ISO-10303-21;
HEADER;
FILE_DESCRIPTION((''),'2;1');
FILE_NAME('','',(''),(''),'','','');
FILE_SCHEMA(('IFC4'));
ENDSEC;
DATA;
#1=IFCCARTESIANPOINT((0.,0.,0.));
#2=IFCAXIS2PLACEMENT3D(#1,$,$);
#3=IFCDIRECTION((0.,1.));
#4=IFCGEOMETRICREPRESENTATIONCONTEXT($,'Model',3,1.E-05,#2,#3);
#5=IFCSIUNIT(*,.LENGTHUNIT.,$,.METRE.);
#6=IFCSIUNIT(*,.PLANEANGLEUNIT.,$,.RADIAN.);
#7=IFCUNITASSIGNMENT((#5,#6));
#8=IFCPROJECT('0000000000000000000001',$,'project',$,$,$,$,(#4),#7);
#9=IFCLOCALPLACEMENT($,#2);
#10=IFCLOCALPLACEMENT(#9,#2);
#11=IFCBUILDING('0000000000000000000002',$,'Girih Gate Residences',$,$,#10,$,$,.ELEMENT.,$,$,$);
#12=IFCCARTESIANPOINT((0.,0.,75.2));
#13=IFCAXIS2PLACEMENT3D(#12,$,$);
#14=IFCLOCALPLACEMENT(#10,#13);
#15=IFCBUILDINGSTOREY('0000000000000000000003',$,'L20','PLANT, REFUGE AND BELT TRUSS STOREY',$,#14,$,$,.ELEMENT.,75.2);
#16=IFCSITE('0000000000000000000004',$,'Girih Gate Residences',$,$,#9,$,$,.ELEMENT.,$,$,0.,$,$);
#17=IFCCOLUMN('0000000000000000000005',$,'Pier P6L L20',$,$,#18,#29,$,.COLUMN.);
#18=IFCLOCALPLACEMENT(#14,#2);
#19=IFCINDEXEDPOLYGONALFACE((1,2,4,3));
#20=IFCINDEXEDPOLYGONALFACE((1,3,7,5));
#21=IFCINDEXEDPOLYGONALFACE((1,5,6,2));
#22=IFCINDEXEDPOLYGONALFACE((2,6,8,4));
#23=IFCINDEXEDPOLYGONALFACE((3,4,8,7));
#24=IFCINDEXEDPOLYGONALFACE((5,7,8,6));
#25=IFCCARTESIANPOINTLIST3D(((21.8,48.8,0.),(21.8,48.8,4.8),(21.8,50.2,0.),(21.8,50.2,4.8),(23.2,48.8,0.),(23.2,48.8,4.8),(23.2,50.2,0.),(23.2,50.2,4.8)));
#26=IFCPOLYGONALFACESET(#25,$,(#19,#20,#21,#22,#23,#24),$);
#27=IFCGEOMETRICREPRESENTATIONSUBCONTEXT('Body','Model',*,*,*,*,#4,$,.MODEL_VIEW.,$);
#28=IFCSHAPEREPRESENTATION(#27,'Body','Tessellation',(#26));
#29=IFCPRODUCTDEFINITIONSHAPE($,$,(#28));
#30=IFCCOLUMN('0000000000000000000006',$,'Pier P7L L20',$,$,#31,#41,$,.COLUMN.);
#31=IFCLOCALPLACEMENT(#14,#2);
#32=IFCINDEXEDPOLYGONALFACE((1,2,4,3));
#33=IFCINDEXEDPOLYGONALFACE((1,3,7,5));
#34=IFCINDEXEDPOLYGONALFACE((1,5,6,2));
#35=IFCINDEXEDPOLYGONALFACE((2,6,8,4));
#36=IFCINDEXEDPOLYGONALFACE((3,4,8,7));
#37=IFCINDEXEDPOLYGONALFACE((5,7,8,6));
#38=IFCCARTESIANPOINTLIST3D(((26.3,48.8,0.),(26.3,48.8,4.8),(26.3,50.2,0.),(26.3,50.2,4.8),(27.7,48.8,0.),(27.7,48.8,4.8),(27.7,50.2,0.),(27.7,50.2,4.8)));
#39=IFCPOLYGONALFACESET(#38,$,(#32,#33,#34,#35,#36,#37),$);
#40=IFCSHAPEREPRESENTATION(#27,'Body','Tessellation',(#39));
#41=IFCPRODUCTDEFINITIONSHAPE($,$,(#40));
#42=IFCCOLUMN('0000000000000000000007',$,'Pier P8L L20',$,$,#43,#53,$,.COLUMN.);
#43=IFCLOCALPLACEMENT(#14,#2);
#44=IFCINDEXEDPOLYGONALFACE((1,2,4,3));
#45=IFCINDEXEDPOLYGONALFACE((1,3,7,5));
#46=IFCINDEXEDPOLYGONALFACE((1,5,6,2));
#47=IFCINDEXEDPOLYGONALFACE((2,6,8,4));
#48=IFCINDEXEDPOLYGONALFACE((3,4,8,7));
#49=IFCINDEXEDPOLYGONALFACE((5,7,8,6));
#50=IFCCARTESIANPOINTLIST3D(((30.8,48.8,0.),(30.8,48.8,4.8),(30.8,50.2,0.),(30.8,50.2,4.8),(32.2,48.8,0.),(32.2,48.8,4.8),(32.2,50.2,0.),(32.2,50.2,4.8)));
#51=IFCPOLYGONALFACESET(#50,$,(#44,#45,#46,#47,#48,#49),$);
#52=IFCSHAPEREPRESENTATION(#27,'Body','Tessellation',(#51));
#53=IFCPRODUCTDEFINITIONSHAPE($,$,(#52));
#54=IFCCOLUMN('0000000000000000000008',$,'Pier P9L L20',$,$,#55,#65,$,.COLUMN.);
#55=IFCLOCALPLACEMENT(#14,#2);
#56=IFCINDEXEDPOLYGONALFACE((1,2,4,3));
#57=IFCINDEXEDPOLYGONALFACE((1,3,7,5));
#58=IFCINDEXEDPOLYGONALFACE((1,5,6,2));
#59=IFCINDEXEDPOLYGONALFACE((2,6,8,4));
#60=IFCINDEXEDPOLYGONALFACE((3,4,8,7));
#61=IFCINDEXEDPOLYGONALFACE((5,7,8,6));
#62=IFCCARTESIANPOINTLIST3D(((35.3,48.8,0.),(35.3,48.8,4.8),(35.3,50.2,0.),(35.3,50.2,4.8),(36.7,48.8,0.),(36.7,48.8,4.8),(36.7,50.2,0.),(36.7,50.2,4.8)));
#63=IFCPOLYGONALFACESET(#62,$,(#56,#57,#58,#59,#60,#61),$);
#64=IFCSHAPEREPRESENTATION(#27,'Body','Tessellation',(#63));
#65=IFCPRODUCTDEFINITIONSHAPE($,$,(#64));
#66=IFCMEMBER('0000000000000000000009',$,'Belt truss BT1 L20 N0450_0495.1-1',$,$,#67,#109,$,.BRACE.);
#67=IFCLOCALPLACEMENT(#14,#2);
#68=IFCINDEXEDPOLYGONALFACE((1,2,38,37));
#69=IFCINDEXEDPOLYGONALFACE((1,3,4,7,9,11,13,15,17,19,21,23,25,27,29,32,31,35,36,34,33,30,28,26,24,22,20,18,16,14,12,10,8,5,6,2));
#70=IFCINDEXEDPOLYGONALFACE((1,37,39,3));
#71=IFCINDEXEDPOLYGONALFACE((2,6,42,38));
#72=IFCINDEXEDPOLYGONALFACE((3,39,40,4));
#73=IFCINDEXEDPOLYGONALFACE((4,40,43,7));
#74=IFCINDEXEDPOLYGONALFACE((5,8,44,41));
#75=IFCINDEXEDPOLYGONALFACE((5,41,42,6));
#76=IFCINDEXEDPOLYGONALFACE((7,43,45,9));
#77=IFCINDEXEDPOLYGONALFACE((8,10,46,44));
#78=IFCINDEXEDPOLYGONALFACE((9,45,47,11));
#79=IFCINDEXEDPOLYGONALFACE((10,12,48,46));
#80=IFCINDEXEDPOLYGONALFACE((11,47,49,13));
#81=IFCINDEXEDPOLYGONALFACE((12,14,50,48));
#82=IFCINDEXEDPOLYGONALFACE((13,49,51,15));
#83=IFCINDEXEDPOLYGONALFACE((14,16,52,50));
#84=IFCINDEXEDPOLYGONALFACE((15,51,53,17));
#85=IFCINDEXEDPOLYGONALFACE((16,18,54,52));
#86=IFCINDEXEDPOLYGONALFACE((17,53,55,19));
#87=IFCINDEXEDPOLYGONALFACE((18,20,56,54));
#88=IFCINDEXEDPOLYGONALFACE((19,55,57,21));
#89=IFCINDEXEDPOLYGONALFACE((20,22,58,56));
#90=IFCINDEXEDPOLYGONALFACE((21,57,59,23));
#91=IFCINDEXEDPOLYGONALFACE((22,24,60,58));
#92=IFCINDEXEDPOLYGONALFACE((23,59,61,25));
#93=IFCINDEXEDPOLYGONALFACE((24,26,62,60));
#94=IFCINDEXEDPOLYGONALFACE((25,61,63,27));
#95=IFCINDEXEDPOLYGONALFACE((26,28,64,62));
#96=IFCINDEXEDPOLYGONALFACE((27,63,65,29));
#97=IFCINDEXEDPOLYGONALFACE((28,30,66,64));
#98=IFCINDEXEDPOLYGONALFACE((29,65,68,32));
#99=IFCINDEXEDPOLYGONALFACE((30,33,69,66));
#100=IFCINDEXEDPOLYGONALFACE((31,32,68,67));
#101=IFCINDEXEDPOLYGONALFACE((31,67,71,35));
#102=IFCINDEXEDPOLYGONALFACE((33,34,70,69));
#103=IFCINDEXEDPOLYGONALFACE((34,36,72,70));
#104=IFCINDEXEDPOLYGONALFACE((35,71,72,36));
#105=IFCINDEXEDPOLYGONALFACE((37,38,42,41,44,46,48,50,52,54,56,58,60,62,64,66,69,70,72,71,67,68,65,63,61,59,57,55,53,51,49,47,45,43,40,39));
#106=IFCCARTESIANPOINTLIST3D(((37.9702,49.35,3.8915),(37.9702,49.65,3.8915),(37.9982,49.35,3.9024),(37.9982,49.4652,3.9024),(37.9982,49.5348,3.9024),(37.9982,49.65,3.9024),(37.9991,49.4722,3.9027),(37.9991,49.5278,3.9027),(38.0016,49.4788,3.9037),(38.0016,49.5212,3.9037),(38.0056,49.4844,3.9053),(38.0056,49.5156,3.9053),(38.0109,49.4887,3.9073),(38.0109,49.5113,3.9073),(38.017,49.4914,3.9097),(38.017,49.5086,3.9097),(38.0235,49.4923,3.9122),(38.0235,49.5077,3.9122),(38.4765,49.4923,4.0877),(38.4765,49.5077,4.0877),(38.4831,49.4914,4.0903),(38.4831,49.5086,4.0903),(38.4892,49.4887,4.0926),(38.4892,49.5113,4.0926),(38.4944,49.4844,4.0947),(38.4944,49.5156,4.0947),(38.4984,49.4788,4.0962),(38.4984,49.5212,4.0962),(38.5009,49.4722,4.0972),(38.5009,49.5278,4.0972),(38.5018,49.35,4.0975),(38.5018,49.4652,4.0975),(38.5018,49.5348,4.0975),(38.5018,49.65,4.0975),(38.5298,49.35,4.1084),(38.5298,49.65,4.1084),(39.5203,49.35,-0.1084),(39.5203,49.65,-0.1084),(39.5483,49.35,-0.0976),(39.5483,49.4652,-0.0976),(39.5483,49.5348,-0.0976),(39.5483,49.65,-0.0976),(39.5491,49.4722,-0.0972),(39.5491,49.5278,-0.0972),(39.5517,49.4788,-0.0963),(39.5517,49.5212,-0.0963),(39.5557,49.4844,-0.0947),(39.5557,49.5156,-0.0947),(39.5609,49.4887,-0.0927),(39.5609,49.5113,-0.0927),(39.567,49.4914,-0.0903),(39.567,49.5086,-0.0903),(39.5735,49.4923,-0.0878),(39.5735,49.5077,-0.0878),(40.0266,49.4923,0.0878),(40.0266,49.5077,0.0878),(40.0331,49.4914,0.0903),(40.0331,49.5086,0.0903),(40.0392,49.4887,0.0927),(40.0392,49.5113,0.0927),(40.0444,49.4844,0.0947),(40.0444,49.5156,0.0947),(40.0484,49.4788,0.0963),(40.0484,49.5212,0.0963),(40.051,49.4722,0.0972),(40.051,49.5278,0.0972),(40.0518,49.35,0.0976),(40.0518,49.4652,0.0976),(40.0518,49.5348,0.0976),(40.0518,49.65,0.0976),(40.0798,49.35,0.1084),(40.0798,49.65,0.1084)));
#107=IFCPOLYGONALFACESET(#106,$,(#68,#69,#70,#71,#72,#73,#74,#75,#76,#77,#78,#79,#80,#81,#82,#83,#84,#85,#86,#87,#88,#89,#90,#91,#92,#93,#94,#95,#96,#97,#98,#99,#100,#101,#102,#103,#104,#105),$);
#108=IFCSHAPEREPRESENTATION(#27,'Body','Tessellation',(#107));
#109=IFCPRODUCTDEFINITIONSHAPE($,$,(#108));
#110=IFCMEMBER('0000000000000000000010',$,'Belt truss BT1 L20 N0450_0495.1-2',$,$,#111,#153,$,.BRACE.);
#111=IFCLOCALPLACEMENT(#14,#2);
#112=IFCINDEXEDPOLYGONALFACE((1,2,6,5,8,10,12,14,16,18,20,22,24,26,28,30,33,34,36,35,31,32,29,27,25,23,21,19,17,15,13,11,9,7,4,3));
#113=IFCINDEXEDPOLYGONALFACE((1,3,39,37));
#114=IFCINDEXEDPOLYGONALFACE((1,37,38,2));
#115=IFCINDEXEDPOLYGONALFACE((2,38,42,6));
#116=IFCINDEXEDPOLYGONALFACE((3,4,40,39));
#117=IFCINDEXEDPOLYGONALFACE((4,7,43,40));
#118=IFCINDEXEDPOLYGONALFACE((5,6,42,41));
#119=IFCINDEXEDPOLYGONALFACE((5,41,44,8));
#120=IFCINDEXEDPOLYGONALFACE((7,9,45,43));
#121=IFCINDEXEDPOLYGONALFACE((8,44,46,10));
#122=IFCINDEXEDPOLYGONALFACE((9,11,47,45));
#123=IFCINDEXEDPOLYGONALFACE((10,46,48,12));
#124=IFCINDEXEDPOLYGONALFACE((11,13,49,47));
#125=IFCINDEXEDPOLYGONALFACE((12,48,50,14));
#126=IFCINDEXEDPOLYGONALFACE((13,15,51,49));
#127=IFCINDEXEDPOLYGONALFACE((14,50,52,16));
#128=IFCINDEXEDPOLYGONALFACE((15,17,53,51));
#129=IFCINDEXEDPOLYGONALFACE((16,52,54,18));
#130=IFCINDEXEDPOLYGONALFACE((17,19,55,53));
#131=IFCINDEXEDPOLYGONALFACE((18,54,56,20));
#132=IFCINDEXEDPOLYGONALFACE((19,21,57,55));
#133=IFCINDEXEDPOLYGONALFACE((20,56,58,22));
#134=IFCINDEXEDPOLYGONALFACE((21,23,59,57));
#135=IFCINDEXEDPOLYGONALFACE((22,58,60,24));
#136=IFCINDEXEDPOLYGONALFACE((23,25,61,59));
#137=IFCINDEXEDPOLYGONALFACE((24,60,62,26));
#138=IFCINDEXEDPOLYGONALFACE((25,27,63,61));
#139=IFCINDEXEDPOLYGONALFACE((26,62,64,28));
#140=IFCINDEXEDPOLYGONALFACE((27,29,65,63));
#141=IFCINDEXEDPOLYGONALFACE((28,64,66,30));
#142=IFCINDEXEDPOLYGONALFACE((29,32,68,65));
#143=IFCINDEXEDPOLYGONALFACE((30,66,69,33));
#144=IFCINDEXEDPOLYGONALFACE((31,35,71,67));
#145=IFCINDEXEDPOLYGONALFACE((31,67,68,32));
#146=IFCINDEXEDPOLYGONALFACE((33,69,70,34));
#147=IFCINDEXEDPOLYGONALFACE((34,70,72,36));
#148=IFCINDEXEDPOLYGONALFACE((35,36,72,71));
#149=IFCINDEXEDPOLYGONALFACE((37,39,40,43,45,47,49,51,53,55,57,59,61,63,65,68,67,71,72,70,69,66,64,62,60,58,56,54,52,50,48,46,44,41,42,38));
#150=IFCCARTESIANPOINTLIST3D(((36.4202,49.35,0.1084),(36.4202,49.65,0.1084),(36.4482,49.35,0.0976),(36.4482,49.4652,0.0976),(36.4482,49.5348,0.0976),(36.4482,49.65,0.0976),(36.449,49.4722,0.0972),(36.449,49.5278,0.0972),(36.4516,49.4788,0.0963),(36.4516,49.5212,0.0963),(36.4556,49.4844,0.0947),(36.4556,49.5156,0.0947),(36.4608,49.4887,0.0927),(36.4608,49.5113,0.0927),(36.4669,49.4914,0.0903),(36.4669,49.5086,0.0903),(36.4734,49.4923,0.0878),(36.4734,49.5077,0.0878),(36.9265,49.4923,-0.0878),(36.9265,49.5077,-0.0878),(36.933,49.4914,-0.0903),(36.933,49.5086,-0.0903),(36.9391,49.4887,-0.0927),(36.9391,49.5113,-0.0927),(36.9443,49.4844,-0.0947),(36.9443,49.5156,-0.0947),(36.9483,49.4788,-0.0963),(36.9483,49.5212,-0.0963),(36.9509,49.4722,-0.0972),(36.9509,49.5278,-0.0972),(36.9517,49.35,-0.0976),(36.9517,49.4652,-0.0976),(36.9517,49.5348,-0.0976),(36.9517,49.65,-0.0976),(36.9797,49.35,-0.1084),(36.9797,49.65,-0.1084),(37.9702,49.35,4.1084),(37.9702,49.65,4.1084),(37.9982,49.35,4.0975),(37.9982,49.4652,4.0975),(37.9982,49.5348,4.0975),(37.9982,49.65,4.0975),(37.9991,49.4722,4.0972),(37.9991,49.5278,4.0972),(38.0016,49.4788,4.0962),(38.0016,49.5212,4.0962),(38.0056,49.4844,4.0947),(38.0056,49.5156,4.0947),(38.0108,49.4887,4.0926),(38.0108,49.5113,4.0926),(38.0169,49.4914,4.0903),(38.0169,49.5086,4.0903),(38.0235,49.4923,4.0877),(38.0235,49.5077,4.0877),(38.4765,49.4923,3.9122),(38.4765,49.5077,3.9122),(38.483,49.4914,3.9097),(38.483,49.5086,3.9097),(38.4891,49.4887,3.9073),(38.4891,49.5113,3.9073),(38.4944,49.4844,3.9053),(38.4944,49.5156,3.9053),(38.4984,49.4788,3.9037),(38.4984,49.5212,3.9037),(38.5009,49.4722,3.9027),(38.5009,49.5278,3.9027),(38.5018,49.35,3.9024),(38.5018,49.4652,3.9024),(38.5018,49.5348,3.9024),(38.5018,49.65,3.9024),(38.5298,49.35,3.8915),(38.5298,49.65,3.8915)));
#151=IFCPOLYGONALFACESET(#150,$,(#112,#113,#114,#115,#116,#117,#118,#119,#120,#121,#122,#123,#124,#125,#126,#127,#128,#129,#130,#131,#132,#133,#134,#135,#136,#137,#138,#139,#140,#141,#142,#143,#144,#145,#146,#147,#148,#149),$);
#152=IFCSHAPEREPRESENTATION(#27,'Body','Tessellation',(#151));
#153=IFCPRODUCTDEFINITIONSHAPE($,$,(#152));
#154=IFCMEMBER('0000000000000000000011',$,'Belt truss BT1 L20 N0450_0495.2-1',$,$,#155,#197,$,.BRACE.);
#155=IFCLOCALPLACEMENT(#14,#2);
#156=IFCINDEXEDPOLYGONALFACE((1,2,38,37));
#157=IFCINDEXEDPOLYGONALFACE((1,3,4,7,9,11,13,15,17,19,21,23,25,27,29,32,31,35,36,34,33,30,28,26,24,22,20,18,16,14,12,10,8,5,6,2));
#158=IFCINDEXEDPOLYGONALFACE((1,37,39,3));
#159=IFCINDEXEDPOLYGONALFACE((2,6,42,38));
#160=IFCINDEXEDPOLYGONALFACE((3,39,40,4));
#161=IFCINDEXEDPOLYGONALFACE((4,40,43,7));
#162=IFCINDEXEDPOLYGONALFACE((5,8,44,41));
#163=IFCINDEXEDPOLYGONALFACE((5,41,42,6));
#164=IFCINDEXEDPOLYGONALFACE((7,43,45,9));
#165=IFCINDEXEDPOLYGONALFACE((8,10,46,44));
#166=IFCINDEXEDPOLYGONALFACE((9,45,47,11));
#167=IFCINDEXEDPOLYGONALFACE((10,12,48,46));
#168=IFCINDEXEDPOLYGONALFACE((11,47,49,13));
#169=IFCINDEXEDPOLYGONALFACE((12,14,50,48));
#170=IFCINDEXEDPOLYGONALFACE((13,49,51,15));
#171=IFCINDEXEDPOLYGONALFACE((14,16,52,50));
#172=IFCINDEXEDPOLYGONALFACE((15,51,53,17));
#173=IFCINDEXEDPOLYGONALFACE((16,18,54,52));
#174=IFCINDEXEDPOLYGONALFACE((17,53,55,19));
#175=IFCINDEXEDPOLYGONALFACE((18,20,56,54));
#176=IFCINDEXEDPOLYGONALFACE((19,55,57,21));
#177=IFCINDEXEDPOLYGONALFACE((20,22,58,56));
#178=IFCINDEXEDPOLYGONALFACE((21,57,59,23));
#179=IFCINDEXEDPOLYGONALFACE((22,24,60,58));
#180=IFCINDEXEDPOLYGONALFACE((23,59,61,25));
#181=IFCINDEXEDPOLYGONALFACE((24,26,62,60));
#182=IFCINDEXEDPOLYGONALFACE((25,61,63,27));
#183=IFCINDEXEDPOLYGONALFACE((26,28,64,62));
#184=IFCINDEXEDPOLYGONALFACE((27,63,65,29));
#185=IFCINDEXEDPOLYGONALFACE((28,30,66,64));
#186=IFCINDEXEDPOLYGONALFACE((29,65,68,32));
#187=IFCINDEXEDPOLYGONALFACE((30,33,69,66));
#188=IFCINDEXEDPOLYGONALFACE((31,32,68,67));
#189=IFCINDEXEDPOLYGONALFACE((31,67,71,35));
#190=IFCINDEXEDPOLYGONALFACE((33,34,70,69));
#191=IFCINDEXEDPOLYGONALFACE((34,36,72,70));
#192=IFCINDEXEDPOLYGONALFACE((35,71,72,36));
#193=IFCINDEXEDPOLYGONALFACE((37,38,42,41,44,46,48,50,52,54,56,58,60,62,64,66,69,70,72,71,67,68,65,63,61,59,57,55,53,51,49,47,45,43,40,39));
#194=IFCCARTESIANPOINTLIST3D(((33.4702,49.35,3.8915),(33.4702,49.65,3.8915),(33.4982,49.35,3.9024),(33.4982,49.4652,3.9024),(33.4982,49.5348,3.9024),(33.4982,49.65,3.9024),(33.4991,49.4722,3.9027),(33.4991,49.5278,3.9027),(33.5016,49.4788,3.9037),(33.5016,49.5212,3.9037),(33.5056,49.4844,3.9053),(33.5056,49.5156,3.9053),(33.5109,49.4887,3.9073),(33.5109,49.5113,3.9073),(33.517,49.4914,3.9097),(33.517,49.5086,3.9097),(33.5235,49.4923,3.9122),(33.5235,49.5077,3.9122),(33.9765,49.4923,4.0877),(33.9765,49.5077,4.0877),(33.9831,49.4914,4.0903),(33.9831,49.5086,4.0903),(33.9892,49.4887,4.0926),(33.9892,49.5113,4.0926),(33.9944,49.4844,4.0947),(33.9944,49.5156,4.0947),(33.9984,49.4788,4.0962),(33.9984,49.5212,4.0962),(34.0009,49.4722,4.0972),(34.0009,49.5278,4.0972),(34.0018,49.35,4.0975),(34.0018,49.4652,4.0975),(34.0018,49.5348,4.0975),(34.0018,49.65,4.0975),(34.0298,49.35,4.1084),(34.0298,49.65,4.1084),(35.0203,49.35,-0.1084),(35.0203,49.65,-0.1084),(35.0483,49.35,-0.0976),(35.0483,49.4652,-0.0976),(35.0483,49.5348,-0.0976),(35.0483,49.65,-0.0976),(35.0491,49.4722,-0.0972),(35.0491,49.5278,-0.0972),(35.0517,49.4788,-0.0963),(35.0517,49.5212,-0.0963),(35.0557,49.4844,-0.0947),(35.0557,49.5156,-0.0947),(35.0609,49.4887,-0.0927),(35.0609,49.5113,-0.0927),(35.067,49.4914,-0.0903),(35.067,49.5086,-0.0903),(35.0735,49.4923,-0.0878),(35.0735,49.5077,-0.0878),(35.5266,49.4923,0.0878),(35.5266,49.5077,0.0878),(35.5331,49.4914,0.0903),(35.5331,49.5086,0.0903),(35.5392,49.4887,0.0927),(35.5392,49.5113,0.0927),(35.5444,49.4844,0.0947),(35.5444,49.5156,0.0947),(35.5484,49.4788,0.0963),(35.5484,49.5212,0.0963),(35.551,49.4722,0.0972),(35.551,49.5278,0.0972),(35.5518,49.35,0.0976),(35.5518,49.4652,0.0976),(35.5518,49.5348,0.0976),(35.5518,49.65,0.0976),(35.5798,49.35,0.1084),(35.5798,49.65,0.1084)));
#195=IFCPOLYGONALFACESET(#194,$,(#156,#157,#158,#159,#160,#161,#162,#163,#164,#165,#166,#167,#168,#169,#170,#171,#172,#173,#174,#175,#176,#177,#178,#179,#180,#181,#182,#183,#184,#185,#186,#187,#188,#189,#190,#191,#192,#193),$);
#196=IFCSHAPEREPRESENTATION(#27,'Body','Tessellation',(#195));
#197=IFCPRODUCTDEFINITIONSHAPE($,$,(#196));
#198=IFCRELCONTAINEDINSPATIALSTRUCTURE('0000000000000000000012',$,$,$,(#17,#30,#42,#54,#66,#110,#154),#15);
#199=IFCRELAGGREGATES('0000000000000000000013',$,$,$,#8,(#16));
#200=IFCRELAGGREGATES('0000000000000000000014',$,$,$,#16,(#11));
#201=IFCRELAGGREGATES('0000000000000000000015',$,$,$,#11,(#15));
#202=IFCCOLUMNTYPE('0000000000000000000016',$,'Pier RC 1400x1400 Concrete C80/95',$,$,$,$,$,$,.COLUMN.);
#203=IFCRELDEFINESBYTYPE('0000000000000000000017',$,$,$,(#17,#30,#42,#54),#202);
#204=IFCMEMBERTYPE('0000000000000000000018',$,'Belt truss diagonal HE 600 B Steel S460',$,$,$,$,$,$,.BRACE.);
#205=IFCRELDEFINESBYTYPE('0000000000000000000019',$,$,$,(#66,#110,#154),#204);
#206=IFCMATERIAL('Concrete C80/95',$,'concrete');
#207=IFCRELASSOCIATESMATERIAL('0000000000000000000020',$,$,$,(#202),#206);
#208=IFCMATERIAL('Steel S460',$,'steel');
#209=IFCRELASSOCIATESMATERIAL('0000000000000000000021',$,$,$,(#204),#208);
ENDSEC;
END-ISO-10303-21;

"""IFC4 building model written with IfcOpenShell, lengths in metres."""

from ifc_helpers import new_model, si_unit, direction, frame, origin, origin_2d, place, context, subcontext, project, spatial, rectangle, i_section, extrude, material, material_profile, profile_set, type_object, element, save


model = new_model("IFC4")

# Units and contexts
model_context = context("Model", 3, precision=1e-05, world=origin(), true_north=direction((0.0, 1.0)))
body_context = subcontext(model_context, "Body", "Model", "MODEL_VIEW")
ifc_project = project(units=[si_unit("LENGTHUNIT", "METRE"), si_unit("PLANEANGLEUNIT", "RADIAN")], contexts=[model_context])

# Site, building, storey
site_placement = place(None, origin())
site = spatial("IfcSite", under=ifc_project, at=site_placement, Name="Girih Gate Residences", CompositionType="ELEMENT", RefElevation=0.0)
building_placement = place(site_placement, origin())
building = spatial("IfcBuilding", under=site, at=building_placement, Name="Girih Gate Residences", CompositionType="ELEMENT")
storey_placement = place(building_placement, frame((0.0, 0.0, 75.2)))
storey = spatial("IfcBuildingStorey", under=building, at=storey_placement, Name="L20", Description="PLANT, REFUGE AND BELT TRUSS STOREY", CompositionType="ELEMENT", Elevation=75.2)

# Columns
ifc_material_1 = material(Name="Concrete C80/95", Category="concrete")
ifc_material_profile_1 = material_profile(ifc_material_1, rectangle(XDim=1.3999, YDim=1.3999, at=origin_2d()))
ifc_profile_set_1 = profile_set([ifc_material_profile_1], Name="Concrete C80/95")
column_type = type_object("IfcColumnType", Name="Pier RC 1400x1400 Concrete C80/95", PredefinedType="COLUMN", material=ifc_profile_set_1)
for number, where, z_axis, x_axis, name in (
    (1, (22.5, 49.5, 0.0), (0.0, 0.0, 1.0), (1.0, 0.0, 0.0), "Pier P6L L20"),
    (2, (27.0, 49.5, 0.0), (0.0, 0.0, 1.0), (1.0, 0.0, 0.0), "Pier P7L L20"),
    (3, (31.5, 49.5, 0.0), (0.0, 0.0, 1.0), (1.0, 0.0, 0.0), "Pier P8L L20"),
    (4, (36.0, 49.5, 0.0), (0.0, 0.0, 1.0), (1.0, 0.0, 0.0), "Pier P9L L20"),
):
    element("IfcColumn", number, at=place(storey_placement, frame(where, z_axis=z_axis, x_axis=x_axis)), inside=storey, type_object=column_type, Name=name, PredefinedType="COLUMN", context=body_context, shape_type="SweptSolid", body=[
        extrude(rectangle(XDim=1.3999, YDim=1.3999, at=origin_2d()), origin(), (0.0, 0.0, 1.0), 4.8),
    ])

# Members
ifc_material_2 = material(Name="Steel S460", Category="steel")
ifc_material_profile_2 = material_profile(ifc_material_2, i_section(OverallWidth=0.3, OverallDepth=0.6001, WebThickness=0.0154, FlangeThickness=0.03, FilletRadius=0.0271, at=origin_2d()))
ifc_profile_set_2 = profile_set([ifc_material_profile_2], Name="Steel S460")
member_type = type_object("IfcMemberType", Name="Belt truss diagonal HE 600 B Steel S460", PredefinedType="BRACE", material=ifc_profile_set_2)
for number, where, z_axis, x_axis, name in (
    (5, (39.8, 49.5, 0.0), (-0.361331, 0.0, 0.932438), (0.0, -1.0, 0.0), "Belt truss BT1 L20 N0450_0495.1-1"),
    (6, (36.7, 49.5, 0.0), (0.361331, 0.0, 0.932438), (0.0, 1.0, 0.0), "Belt truss BT1 L20 N0450_0495.1-2"),
    (7, (35.3, 49.5, 0.0), (-0.361331, 0.0, 0.932438), (0.0, -1.0, 0.0), "Belt truss BT1 L20 N0450_0495.2-1"),
):
    element("IfcMember", number, at=place(storey_placement, frame(where, z_axis=z_axis, x_axis=x_axis)), inside=storey, type_object=member_type, Name=name, PredefinedType="BRACE", context=body_context, shape_type="SweptSolid", body=[
        extrude(i_section(OverallWidth=0.3, OverallDepth=0.6001, WebThickness=0.0154, FlangeThickness=0.03, FilletRadius=0.0271, at=origin_2d()), origin(), (0.0, 0.0, 1.0), 4.2898),
    ])

save(model, "model.ifc")
